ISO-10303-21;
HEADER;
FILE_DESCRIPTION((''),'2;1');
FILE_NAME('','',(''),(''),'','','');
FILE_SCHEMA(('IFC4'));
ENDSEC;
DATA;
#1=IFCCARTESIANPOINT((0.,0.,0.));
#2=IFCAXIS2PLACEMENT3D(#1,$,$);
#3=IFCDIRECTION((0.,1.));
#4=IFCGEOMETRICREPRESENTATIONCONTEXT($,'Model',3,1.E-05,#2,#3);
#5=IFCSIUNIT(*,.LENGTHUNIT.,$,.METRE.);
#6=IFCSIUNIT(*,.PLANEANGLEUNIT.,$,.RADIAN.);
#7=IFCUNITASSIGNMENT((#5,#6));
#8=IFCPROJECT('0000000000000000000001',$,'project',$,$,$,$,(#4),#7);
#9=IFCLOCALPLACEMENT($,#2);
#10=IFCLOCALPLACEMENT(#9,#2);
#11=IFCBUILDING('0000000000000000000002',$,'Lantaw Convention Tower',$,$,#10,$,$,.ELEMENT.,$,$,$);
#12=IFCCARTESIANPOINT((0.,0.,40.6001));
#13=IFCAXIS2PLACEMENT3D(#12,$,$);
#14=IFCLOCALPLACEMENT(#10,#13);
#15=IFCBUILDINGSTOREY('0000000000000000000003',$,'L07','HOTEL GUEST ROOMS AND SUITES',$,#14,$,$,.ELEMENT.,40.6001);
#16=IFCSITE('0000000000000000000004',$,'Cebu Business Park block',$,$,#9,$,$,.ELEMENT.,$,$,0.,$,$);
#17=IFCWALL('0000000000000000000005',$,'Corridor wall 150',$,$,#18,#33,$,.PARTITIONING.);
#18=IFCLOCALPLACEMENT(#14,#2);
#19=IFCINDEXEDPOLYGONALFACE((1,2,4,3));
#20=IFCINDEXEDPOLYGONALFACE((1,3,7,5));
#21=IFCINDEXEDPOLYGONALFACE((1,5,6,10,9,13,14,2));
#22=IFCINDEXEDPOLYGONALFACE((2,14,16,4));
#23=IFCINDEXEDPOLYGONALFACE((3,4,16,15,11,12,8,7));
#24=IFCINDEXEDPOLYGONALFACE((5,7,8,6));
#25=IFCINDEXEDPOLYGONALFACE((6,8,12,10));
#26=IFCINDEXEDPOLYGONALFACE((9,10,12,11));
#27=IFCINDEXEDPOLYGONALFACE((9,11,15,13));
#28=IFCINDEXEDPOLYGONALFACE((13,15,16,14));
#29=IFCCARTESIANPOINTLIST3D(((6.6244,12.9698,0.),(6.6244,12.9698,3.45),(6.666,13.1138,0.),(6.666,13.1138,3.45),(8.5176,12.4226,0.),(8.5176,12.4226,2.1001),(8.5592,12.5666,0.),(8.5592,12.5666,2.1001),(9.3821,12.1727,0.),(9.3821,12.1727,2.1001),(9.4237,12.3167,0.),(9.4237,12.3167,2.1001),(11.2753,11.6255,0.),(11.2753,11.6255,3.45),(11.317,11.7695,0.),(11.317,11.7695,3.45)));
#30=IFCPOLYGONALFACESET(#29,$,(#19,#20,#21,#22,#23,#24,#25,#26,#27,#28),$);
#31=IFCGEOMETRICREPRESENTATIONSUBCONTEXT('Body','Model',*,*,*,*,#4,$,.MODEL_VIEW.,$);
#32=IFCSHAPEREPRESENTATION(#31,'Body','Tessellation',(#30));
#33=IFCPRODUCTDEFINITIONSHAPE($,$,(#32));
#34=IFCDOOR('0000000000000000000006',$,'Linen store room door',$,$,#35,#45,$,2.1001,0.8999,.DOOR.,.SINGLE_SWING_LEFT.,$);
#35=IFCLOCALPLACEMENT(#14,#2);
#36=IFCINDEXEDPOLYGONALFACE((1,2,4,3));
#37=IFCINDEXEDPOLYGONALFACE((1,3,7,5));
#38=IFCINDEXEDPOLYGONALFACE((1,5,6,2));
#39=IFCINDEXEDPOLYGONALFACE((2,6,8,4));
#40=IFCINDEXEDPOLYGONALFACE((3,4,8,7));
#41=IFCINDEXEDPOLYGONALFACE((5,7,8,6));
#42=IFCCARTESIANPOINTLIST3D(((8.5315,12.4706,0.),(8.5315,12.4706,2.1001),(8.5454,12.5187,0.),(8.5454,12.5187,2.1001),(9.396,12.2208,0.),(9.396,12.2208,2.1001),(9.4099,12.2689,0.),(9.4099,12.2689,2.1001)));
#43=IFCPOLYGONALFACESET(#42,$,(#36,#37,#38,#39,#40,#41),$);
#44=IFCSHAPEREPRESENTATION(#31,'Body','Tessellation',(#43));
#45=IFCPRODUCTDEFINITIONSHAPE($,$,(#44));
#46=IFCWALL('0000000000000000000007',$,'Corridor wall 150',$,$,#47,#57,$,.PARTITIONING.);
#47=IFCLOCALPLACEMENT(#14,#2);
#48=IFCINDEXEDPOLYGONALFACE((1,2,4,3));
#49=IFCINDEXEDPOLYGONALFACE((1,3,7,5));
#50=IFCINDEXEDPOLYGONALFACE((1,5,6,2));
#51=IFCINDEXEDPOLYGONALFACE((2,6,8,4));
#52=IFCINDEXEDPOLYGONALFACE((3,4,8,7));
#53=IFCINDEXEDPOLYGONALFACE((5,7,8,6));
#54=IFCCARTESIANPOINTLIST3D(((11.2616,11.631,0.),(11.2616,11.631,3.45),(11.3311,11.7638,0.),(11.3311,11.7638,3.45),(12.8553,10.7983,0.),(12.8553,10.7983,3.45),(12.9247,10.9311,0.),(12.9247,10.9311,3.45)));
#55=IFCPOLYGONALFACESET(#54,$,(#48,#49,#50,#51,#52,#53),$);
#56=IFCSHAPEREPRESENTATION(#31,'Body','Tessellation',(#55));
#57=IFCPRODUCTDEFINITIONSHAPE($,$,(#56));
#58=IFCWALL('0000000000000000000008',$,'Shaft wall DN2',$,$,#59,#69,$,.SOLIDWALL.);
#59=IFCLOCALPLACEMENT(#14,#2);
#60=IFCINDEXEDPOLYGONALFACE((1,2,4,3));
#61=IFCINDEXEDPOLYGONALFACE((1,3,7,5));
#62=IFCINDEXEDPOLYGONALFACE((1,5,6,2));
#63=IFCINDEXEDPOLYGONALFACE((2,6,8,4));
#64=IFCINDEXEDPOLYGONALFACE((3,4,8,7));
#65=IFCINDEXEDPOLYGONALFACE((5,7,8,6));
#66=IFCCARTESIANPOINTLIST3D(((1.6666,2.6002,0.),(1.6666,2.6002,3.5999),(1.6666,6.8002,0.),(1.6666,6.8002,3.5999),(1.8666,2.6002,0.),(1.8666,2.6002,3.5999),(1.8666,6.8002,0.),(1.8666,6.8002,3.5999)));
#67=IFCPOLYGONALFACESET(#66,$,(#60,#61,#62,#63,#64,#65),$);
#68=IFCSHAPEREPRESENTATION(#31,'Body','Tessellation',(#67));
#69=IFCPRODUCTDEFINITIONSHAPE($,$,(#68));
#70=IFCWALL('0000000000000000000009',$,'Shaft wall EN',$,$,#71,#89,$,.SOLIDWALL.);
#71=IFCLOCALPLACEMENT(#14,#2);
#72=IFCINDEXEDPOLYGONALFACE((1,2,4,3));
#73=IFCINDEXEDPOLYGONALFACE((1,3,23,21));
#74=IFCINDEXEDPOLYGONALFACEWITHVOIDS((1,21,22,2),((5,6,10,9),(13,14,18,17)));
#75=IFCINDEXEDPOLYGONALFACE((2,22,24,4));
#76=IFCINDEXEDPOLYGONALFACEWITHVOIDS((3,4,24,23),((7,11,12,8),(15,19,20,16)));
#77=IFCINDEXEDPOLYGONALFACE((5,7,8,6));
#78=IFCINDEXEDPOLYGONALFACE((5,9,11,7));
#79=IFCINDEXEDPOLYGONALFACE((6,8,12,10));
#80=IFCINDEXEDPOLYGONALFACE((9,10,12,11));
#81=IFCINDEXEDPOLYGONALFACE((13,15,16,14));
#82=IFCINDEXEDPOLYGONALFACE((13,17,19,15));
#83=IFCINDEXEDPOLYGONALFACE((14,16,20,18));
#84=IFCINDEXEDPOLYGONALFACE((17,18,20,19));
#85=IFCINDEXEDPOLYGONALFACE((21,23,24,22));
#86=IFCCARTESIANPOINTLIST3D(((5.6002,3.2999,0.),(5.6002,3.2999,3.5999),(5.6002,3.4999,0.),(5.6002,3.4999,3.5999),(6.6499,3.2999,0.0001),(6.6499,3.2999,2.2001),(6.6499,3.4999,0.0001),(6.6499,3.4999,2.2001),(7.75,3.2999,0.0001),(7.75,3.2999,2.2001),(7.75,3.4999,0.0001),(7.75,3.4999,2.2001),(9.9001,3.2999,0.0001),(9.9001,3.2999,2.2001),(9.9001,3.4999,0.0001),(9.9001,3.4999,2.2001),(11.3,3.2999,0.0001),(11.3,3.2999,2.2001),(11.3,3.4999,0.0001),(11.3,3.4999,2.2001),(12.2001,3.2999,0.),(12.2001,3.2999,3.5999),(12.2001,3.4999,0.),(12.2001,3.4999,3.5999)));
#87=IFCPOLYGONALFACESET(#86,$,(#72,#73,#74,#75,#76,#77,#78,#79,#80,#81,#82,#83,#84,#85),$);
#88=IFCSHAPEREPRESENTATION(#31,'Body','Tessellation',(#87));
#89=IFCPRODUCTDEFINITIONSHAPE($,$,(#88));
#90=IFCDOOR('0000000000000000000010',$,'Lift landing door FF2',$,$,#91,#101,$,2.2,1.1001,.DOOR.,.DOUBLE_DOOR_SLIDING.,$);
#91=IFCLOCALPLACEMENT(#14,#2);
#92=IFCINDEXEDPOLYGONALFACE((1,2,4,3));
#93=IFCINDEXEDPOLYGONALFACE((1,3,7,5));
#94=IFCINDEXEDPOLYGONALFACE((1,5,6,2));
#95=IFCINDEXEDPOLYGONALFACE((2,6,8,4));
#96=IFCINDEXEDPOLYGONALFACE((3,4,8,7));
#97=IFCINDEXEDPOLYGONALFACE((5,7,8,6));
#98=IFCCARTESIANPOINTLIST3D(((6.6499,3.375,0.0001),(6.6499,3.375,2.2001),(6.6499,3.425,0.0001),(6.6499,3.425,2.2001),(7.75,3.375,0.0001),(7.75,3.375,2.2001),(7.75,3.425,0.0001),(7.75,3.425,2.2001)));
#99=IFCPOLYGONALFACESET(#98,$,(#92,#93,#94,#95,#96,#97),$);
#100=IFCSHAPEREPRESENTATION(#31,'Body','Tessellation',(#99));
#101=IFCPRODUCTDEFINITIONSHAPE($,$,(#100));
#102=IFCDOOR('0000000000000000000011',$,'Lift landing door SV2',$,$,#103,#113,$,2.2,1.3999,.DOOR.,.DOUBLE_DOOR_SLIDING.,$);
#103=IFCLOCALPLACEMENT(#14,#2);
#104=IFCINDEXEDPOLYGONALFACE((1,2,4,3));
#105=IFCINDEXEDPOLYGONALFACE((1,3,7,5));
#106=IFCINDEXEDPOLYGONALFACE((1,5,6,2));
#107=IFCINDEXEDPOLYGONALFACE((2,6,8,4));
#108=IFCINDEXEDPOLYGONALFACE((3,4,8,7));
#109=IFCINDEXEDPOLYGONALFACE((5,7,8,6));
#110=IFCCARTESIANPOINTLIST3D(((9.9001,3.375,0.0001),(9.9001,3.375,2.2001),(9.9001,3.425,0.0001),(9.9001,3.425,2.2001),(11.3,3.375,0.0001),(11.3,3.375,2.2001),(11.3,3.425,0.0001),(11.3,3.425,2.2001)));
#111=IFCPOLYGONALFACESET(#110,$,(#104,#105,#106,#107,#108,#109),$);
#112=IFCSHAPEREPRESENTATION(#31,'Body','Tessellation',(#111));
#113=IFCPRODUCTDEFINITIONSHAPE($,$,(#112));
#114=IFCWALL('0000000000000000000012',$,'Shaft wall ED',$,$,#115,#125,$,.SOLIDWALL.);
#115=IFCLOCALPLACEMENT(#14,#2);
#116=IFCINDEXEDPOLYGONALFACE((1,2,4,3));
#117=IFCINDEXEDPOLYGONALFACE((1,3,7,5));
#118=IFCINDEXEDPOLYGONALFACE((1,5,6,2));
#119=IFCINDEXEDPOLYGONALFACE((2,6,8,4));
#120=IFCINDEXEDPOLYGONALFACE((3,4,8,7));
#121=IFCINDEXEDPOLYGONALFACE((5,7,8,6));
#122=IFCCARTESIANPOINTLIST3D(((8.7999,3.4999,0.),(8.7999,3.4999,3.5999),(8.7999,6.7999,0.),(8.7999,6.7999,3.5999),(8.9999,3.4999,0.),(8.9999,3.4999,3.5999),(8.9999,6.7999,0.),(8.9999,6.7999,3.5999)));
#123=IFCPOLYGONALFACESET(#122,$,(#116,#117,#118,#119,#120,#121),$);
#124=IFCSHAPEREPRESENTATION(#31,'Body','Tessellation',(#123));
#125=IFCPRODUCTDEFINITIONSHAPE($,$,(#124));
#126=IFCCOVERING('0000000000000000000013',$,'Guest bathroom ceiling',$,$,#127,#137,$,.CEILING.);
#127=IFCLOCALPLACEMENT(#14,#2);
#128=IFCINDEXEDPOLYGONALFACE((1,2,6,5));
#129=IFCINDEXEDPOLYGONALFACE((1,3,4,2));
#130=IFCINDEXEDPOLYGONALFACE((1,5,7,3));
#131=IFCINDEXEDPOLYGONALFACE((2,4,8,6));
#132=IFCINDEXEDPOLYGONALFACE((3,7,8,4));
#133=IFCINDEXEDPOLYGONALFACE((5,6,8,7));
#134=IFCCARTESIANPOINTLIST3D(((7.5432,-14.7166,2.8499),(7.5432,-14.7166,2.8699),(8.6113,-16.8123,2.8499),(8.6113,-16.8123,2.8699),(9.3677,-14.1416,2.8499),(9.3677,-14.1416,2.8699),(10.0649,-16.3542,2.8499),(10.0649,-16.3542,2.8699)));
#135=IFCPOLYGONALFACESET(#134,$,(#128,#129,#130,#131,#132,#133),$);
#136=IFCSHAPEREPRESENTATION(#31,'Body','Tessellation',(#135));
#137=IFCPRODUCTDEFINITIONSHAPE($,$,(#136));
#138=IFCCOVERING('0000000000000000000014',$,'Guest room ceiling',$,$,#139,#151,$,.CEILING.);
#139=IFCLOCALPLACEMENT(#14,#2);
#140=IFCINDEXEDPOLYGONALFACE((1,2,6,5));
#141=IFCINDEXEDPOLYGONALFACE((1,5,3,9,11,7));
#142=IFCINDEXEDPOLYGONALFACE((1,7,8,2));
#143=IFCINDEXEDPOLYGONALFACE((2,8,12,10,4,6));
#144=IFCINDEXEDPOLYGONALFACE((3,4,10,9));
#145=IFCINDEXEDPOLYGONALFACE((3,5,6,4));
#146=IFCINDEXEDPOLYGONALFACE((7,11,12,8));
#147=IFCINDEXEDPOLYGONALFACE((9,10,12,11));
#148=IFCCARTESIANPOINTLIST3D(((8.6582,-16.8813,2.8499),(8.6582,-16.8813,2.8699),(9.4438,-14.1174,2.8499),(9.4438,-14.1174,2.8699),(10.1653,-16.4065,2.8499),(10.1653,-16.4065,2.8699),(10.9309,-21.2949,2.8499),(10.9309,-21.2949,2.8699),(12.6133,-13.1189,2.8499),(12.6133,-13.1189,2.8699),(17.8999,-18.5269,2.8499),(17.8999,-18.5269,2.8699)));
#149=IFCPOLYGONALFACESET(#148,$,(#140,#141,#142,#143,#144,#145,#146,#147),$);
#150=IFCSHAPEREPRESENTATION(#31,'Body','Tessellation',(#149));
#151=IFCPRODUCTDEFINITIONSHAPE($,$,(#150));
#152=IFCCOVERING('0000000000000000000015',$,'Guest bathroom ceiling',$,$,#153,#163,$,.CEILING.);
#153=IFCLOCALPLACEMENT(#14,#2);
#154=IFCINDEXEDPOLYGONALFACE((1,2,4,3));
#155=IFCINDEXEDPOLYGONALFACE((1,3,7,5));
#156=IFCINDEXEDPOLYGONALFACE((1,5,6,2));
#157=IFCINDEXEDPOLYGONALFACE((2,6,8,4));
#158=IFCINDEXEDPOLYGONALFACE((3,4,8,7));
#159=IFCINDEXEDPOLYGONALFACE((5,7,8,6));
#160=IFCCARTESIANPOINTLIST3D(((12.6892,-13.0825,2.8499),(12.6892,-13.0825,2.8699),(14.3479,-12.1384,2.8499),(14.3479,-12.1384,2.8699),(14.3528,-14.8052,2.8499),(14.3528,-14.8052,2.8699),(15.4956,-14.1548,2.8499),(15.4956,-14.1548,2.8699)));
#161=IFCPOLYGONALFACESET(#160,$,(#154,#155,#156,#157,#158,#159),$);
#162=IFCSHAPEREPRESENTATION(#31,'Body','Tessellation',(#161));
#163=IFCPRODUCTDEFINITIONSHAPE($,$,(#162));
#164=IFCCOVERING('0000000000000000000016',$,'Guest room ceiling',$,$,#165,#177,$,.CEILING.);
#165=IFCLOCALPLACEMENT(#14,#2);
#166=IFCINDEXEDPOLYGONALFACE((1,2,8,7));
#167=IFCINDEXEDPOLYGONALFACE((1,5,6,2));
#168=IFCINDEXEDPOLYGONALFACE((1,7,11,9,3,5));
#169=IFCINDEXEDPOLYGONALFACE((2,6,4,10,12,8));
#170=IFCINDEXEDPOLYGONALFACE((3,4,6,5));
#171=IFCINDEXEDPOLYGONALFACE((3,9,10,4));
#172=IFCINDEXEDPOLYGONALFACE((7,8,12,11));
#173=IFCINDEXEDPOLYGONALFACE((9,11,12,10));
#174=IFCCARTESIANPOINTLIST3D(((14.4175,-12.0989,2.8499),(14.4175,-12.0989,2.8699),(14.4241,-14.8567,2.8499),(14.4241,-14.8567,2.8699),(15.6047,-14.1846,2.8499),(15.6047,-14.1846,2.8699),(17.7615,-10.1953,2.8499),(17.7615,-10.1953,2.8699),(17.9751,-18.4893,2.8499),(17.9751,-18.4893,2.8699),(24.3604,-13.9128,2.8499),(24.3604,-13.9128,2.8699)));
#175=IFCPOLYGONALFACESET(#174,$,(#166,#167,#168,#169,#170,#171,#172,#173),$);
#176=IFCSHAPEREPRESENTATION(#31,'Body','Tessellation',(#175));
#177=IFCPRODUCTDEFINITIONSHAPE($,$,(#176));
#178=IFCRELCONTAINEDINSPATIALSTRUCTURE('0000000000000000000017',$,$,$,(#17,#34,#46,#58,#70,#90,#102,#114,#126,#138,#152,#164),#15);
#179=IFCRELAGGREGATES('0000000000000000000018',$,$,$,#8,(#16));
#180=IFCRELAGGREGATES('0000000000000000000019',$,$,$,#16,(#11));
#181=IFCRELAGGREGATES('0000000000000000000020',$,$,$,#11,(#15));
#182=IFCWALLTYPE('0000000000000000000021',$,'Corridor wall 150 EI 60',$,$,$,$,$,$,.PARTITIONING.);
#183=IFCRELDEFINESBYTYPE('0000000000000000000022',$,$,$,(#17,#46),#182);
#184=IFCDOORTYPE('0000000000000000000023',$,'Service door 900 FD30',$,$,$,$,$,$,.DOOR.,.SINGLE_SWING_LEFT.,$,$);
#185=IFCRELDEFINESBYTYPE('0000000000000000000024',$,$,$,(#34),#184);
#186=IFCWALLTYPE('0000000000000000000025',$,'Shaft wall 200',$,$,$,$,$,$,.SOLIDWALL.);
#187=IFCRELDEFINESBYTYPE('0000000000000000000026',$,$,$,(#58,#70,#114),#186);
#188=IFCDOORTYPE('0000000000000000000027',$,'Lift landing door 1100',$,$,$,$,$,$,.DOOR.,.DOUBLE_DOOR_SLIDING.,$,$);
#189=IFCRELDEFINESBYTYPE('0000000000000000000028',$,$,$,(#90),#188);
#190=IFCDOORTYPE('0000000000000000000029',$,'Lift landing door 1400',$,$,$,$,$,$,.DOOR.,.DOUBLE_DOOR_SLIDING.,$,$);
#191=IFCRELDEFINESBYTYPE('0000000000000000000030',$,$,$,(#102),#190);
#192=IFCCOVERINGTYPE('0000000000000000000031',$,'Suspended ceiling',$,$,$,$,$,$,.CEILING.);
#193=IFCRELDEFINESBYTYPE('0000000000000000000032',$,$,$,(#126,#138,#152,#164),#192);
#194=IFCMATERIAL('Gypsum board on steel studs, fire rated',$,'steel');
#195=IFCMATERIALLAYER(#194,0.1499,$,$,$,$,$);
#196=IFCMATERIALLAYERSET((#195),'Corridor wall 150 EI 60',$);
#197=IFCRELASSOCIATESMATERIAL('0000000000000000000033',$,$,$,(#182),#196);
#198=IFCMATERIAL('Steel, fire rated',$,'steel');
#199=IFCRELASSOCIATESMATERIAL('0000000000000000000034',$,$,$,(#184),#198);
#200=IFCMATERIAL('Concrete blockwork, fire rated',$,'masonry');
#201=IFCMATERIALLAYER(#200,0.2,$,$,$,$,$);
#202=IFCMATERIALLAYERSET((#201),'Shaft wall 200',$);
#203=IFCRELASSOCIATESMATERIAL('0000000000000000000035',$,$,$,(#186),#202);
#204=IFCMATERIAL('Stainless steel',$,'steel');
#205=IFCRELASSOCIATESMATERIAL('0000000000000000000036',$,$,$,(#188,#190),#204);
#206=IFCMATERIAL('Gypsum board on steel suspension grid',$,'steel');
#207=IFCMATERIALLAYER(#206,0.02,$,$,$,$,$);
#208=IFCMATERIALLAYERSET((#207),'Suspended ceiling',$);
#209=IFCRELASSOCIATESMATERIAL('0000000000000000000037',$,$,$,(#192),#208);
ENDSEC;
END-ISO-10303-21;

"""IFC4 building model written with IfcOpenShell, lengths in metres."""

from ifc_helpers import new_model, si_unit, direction, frame, frame_2d, origin, place, context, subcontext, project, spatial, polyline, rectangle, outline, extrude, material, layer, layer_set, type_object, element, fill, save


model = new_model("IFC4")

# Units and contexts
model_context = context("Model", 3, precision=1e-05, world=origin(), true_north=direction((0.0, 1.0)))
body_context = subcontext(model_context, "Body", "Model", "MODEL_VIEW")
ifc_project = project(units=[si_unit("LENGTHUNIT", "METRE"), si_unit("PLANEANGLEUNIT", "RADIAN")], contexts=[model_context])

# Site, building, storey
site_placement = place(None, origin())
site = spatial("IfcSite", under=ifc_project, at=site_placement, Name="Cebu Business Park block", CompositionType="ELEMENT", RefElevation=0.0)
building_placement = place(site_placement, origin())
building = spatial("IfcBuilding", under=site, at=building_placement, Name="Lantaw Convention Tower", CompositionType="ELEMENT")
storey_placement = place(building_placement, frame((0.0, 0.0, 40.6001)))
storey = spatial("IfcBuildingStorey", under=building, at=storey_placement, Name="L07", Description="HOTEL GUEST ROOMS AND SUITES", CompositionType="ELEMENT", Elevation=40.6001)

# Wall, opening, door
ifc_material_1 = material(Name="Gypsum board on steel studs, fire rated", Category="steel")
ifc_layer_1 = layer(ifc_material_1, 0.1499)
ifc_layer_set_1 = layer_set([ifc_layer_1], Name="Corridor wall 150 EI 60")
wall_type_1 = type_object("IfcWallType", Name="Corridor wall 150 EI 60", PredefinedType="PARTITIONING", material=ifc_layer_set_1)
wall_1_placement = place(storey_placement, frame((11.2961, 11.6975, 0.0), z_axis=(0.0, 0.0, 1.0), x_axis=(-0.960678, 0.277664, 0.0)))
wall_1 = element("IfcWall", 1, at=wall_1_placement, inside=storey, type_object=wall_type_1, Name="Corridor wall 150", PredefinedType="PARTITIONING", context=body_context, shape_type="SweptSolid", body=[
    extrude(rectangle(XDim=4.8413, YDim=0.1499, at=frame_2d((2.4207, 0.0))), origin(), (0.0, 0.0, 1.0), 3.45),
])
opening_1_placement = place(wall_1_placement, frame((1.9707, 0.0, 0.0)))
opening_1 = element("IfcOpeningElement", 2, at=opening_1_placement, cuts=wall_1, PredefinedType="OPENING", context=body_context, shape_type="SweptSolid", body=[
    extrude(rectangle(XDim=0.8999, YDim=2.1001, at=frame_2d((0.45, 1.05))), frame((0.0, 0.085, 0.0), z_axis=(0.0, -1.0, 0.0), x_axis=(1.0, 0.0, 0.0)), (0.0, 0.0, 1.0), 0.1699),
])
ifc_material_2 = material(Name="Steel, fire rated", Category="steel")
door_type_1 = type_object("IfcDoorType", Name="Service door 900 FD30", OperationType="SINGLE_SWING_LEFT", PredefinedType="DOOR", material=ifc_material_2)
door_1_placement = place(opening_1_placement, origin())
door_1 = element("IfcDoor", 3, at=door_1_placement, inside=storey, type_object=door_type_1, Name="Linen store room door", OperationType="SINGLE_SWING_LEFT", OverallHeight=2.1001, OverallWidth=0.8999, PredefinedType="DOOR", context=body_context, shape_type="SweptSolid", body=[
    extrude(rectangle(XDim=0.8999, YDim=2.1001, at=frame_2d((0.45, 1.05))), frame((0.0, 0.0249, 0.0), z_axis=(0.0, -1.0, 0.0), x_axis=(1.0, 0.0, 0.0)), (0.0, 0.0, 1.0), 0.05),
])
fill(opening_1, door_1)

# Walls
wall_2_placement = place(storey_placement, frame((12.8899, 10.8647, 0.0), z_axis=(0.0, 0.0, 1.0), x_axis=(-0.886301, 0.463109, 0.0)))
element("IfcWall", 4, at=wall_2_placement, inside=storey, type_object=wall_type_1, Name="Corridor wall 150", PredefinedType="PARTITIONING", context=body_context, shape_type="SweptSolid", body=[
    extrude(rectangle(XDim=1.7981, YDim=0.1499, at=frame_2d((0.8989, 0.0))), origin(), (0.0, 0.0, 1.0), 3.45),
])
ifc_material_3 = material(Name="Concrete blockwork, fire rated", Category="masonry")
ifc_layer_2 = layer(ifc_material_3, 0.2)
ifc_layer_set_2 = layer_set([ifc_layer_2], Name="Shaft wall 200")
wall_type_2 = type_object("IfcWallType", Name="Shaft wall 200", PredefinedType="SOLIDWALL", material=ifc_layer_set_2)
wall_3_placement = place(storey_placement, frame((1.7666, 2.6001, 0.0), z_axis=(0.0, 0.0, 1.0), x_axis=(0.0, 1.0, 0.0)))
element("IfcWall", 5, at=wall_3_placement, inside=storey, type_object=wall_type_2, Name="Shaft wall DN2", PredefinedType="SOLIDWALL", context=body_context, shape_type="SweptSolid", body=[
    extrude(rectangle(XDim=4.2, YDim=0.2, at=frame_2d((2.1001, 0.0))), origin(), (0.0, 0.0, 1.0), 3.5999),
])

# Wall, openings, doors
wall_4_placement = place(storey_placement, frame((12.2, 3.3999, 0.0), z_axis=(0.0, 0.0, 1.0), x_axis=(-1.0, 0.0, 0.0)))
wall_4 = element("IfcWall", 6, at=wall_4_placement, inside=storey, type_object=wall_type_2, Name="Shaft wall EN", PredefinedType="SOLIDWALL", context=body_context, shape_type="SweptSolid", body=[
    extrude(rectangle(XDim=6.5999, YDim=0.2, at=frame_2d((3.2998, 0.0))), origin(), (0.0, 0.0, 1.0), 3.5999),
])
opening_2_placement = place(wall_4_placement, frame((4.45, 0.0, 0.0)))
opening_2 = element("IfcOpeningElement", 7, at=opening_2_placement, cuts=wall_4, PredefinedType="OPENING", context=body_context, shape_type="SweptSolid", body=[
    extrude(rectangle(XDim=1.1001, YDim=2.2, at=frame_2d((0.55, 1.1001))), frame((0.0, 0.1099, 0.0), z_axis=(0.0, -1.0, 0.0), x_axis=(1.0, 0.0, 0.0)), (0.0, 0.0, 1.0), 0.22),
])
opening_3_placement = place(wall_4_placement, frame((0.8999, 0.0, 0.0)))
opening_3 = element("IfcOpeningElement", 8, at=opening_3_placement, cuts=wall_4, PredefinedType="OPENING", context=body_context, shape_type="SweptSolid", body=[
    extrude(rectangle(XDim=1.3999, YDim=2.2, at=frame_2d((0.7, 1.1001))), frame((0.0, 0.1099, 0.0), z_axis=(0.0, -1.0, 0.0), x_axis=(1.0, 0.0, 0.0)), (0.0, 0.0, 1.0), 0.22),
])
ifc_material_4 = material(Name="Stainless steel", Category="steel")
door_type_2 = type_object("IfcDoorType", Name="Lift landing door 1100", OperationType="DOUBLE_DOOR_SLIDING", PredefinedType="DOOR", material=ifc_material_4)
door_2_placement = place(opening_2_placement, origin())
door_2 = element("IfcDoor", 9, at=door_2_placement, inside=storey, type_object=door_type_2, Name="Lift landing door FF2", OperationType="DOUBLE_DOOR_SLIDING", OverallHeight=2.2, OverallWidth=1.1001, PredefinedType="DOOR", context=body_context, shape_type="SweptSolid", body=[
    extrude(rectangle(XDim=1.1001, YDim=2.2, at=frame_2d((0.55, 1.1001))), frame((0.0, 0.0249, 0.0), z_axis=(0.0, -1.0, 0.0), x_axis=(1.0, 0.0, 0.0)), (0.0, 0.0, 1.0), 0.05),
])
fill(opening_2, door_2)
door_type_3 = type_object("IfcDoorType", Name="Lift landing door 1400", OperationType="DOUBLE_DOOR_SLIDING", PredefinedType="DOOR", material=ifc_material_4)
door_3_placement = place(opening_3_placement, origin())
door_3 = element("IfcDoor", 10, at=door_3_placement, inside=storey, type_object=door_type_3, Name="Lift landing door SV2", OperationType="DOUBLE_DOOR_SLIDING", OverallHeight=2.2, OverallWidth=1.3999, PredefinedType="DOOR", context=body_context, shape_type="SweptSolid", body=[
    extrude(rectangle(XDim=1.3999, YDim=2.2, at=frame_2d((0.7, 1.1001))), frame((0.0, 0.0249, 0.0), z_axis=(0.0, -1.0, 0.0), x_axis=(1.0, 0.0, 0.0)), (0.0, 0.0, 1.0), 0.05),
])
fill(opening_3, door_3)

# Wall
wall_5_placement = place(storey_placement, frame((8.8999, 3.5, 0.0), z_axis=(0.0, 0.0, 1.0), x_axis=(0.0, 1.0, 0.0)))
element("IfcWall", 11, at=wall_5_placement, inside=storey, type_object=wall_type_2, Name="Shaft wall ED", PredefinedType="SOLIDWALL", context=body_context, shape_type="SweptSolid", body=[
    extrude(rectangle(XDim=3.3, YDim=0.2, at=frame_2d((1.6499, 0.0))), origin(), (0.0, 0.0, 1.0), 3.5999),
])

# Coverings
ifc_material_5 = material(Name="Gypsum board on steel suspension grid", Category="steel")
ifc_layer_3 = layer(ifc_material_5, 0.02)
ifc_layer_set_3 = layer_set([ifc_layer_3], Name="Suspended ceiling")
covering_type = type_object("IfcCoveringType", Name="Suspended ceiling", PredefinedType="CEILING", material=ifc_layer_set_3)
covering_1_placement = place(storey_placement, frame((0.0, 0.0, 2.8499)))
element("IfcCovering", 12, at=covering_1_placement, inside=storey, type_object=covering_type, Name="Guest bathroom ceiling", PredefinedType="CEILING", context=body_context, shape_type="SweptSolid", body=[
    extrude(outline(polyline([(7.5432, -14.7166), (8.6113, -16.8123), (10.0649, -16.3542), (9.3677, -14.1416), (7.5432, -14.7166)])), origin(), (0.0, 0.0, 1.0), 0.02),
])
covering_2_placement = place(storey_placement, frame((0.0, 0.0, 2.8499)))
element("IfcCovering", 13, at=covering_2_placement, inside=storey, type_object=covering_type, Name="Guest room ceiling", PredefinedType="CEILING", context=body_context, shape_type="SweptSolid", body=[
    extrude(outline(polyline([(9.4438, -14.1174), (10.1653, -16.4065), (8.6582, -16.8813), (10.9309, -21.2949), (17.8999, -18.5269), (12.6133, -13.1189), (9.4438, -14.1174)])), origin(), (0.0, 0.0, 1.0), 0.02),
])
covering_3_placement = place(storey_placement, frame((0.0, 0.0, 2.8499)))
element("IfcCovering", 14, at=covering_3_placement, inside=storey, type_object=covering_type, Name="Guest bathroom ceiling", PredefinedType="CEILING", context=body_context, shape_type="SweptSolid", body=[
    extrude(outline(polyline([(12.6892, -13.0825), (14.3528, -14.8052), (15.4956, -14.1548), (14.3479, -12.1384), (12.6892, -13.0825)])), origin(), (0.0, 0.0, 1.0), 0.02),
])
covering_4_placement = place(storey_placement, frame((0.0, 0.0, 2.8499)))
element("IfcCovering", 15, at=covering_4_placement, inside=storey, type_object=covering_type, Name="Guest room ceiling", PredefinedType="CEILING", context=body_context, shape_type="SweptSolid", body=[
    extrude(outline(polyline([(17.7615, -10.1953), (14.4175, -12.0989), (15.6047, -14.1846), (14.4241, -14.8567), (17.9751, -18.4893), (24.3604, -13.9128), (17.7615, -10.1953)])), origin(), (0.0, 0.0, 1.0), 0.02),
])

save(model, "model.ifc")
